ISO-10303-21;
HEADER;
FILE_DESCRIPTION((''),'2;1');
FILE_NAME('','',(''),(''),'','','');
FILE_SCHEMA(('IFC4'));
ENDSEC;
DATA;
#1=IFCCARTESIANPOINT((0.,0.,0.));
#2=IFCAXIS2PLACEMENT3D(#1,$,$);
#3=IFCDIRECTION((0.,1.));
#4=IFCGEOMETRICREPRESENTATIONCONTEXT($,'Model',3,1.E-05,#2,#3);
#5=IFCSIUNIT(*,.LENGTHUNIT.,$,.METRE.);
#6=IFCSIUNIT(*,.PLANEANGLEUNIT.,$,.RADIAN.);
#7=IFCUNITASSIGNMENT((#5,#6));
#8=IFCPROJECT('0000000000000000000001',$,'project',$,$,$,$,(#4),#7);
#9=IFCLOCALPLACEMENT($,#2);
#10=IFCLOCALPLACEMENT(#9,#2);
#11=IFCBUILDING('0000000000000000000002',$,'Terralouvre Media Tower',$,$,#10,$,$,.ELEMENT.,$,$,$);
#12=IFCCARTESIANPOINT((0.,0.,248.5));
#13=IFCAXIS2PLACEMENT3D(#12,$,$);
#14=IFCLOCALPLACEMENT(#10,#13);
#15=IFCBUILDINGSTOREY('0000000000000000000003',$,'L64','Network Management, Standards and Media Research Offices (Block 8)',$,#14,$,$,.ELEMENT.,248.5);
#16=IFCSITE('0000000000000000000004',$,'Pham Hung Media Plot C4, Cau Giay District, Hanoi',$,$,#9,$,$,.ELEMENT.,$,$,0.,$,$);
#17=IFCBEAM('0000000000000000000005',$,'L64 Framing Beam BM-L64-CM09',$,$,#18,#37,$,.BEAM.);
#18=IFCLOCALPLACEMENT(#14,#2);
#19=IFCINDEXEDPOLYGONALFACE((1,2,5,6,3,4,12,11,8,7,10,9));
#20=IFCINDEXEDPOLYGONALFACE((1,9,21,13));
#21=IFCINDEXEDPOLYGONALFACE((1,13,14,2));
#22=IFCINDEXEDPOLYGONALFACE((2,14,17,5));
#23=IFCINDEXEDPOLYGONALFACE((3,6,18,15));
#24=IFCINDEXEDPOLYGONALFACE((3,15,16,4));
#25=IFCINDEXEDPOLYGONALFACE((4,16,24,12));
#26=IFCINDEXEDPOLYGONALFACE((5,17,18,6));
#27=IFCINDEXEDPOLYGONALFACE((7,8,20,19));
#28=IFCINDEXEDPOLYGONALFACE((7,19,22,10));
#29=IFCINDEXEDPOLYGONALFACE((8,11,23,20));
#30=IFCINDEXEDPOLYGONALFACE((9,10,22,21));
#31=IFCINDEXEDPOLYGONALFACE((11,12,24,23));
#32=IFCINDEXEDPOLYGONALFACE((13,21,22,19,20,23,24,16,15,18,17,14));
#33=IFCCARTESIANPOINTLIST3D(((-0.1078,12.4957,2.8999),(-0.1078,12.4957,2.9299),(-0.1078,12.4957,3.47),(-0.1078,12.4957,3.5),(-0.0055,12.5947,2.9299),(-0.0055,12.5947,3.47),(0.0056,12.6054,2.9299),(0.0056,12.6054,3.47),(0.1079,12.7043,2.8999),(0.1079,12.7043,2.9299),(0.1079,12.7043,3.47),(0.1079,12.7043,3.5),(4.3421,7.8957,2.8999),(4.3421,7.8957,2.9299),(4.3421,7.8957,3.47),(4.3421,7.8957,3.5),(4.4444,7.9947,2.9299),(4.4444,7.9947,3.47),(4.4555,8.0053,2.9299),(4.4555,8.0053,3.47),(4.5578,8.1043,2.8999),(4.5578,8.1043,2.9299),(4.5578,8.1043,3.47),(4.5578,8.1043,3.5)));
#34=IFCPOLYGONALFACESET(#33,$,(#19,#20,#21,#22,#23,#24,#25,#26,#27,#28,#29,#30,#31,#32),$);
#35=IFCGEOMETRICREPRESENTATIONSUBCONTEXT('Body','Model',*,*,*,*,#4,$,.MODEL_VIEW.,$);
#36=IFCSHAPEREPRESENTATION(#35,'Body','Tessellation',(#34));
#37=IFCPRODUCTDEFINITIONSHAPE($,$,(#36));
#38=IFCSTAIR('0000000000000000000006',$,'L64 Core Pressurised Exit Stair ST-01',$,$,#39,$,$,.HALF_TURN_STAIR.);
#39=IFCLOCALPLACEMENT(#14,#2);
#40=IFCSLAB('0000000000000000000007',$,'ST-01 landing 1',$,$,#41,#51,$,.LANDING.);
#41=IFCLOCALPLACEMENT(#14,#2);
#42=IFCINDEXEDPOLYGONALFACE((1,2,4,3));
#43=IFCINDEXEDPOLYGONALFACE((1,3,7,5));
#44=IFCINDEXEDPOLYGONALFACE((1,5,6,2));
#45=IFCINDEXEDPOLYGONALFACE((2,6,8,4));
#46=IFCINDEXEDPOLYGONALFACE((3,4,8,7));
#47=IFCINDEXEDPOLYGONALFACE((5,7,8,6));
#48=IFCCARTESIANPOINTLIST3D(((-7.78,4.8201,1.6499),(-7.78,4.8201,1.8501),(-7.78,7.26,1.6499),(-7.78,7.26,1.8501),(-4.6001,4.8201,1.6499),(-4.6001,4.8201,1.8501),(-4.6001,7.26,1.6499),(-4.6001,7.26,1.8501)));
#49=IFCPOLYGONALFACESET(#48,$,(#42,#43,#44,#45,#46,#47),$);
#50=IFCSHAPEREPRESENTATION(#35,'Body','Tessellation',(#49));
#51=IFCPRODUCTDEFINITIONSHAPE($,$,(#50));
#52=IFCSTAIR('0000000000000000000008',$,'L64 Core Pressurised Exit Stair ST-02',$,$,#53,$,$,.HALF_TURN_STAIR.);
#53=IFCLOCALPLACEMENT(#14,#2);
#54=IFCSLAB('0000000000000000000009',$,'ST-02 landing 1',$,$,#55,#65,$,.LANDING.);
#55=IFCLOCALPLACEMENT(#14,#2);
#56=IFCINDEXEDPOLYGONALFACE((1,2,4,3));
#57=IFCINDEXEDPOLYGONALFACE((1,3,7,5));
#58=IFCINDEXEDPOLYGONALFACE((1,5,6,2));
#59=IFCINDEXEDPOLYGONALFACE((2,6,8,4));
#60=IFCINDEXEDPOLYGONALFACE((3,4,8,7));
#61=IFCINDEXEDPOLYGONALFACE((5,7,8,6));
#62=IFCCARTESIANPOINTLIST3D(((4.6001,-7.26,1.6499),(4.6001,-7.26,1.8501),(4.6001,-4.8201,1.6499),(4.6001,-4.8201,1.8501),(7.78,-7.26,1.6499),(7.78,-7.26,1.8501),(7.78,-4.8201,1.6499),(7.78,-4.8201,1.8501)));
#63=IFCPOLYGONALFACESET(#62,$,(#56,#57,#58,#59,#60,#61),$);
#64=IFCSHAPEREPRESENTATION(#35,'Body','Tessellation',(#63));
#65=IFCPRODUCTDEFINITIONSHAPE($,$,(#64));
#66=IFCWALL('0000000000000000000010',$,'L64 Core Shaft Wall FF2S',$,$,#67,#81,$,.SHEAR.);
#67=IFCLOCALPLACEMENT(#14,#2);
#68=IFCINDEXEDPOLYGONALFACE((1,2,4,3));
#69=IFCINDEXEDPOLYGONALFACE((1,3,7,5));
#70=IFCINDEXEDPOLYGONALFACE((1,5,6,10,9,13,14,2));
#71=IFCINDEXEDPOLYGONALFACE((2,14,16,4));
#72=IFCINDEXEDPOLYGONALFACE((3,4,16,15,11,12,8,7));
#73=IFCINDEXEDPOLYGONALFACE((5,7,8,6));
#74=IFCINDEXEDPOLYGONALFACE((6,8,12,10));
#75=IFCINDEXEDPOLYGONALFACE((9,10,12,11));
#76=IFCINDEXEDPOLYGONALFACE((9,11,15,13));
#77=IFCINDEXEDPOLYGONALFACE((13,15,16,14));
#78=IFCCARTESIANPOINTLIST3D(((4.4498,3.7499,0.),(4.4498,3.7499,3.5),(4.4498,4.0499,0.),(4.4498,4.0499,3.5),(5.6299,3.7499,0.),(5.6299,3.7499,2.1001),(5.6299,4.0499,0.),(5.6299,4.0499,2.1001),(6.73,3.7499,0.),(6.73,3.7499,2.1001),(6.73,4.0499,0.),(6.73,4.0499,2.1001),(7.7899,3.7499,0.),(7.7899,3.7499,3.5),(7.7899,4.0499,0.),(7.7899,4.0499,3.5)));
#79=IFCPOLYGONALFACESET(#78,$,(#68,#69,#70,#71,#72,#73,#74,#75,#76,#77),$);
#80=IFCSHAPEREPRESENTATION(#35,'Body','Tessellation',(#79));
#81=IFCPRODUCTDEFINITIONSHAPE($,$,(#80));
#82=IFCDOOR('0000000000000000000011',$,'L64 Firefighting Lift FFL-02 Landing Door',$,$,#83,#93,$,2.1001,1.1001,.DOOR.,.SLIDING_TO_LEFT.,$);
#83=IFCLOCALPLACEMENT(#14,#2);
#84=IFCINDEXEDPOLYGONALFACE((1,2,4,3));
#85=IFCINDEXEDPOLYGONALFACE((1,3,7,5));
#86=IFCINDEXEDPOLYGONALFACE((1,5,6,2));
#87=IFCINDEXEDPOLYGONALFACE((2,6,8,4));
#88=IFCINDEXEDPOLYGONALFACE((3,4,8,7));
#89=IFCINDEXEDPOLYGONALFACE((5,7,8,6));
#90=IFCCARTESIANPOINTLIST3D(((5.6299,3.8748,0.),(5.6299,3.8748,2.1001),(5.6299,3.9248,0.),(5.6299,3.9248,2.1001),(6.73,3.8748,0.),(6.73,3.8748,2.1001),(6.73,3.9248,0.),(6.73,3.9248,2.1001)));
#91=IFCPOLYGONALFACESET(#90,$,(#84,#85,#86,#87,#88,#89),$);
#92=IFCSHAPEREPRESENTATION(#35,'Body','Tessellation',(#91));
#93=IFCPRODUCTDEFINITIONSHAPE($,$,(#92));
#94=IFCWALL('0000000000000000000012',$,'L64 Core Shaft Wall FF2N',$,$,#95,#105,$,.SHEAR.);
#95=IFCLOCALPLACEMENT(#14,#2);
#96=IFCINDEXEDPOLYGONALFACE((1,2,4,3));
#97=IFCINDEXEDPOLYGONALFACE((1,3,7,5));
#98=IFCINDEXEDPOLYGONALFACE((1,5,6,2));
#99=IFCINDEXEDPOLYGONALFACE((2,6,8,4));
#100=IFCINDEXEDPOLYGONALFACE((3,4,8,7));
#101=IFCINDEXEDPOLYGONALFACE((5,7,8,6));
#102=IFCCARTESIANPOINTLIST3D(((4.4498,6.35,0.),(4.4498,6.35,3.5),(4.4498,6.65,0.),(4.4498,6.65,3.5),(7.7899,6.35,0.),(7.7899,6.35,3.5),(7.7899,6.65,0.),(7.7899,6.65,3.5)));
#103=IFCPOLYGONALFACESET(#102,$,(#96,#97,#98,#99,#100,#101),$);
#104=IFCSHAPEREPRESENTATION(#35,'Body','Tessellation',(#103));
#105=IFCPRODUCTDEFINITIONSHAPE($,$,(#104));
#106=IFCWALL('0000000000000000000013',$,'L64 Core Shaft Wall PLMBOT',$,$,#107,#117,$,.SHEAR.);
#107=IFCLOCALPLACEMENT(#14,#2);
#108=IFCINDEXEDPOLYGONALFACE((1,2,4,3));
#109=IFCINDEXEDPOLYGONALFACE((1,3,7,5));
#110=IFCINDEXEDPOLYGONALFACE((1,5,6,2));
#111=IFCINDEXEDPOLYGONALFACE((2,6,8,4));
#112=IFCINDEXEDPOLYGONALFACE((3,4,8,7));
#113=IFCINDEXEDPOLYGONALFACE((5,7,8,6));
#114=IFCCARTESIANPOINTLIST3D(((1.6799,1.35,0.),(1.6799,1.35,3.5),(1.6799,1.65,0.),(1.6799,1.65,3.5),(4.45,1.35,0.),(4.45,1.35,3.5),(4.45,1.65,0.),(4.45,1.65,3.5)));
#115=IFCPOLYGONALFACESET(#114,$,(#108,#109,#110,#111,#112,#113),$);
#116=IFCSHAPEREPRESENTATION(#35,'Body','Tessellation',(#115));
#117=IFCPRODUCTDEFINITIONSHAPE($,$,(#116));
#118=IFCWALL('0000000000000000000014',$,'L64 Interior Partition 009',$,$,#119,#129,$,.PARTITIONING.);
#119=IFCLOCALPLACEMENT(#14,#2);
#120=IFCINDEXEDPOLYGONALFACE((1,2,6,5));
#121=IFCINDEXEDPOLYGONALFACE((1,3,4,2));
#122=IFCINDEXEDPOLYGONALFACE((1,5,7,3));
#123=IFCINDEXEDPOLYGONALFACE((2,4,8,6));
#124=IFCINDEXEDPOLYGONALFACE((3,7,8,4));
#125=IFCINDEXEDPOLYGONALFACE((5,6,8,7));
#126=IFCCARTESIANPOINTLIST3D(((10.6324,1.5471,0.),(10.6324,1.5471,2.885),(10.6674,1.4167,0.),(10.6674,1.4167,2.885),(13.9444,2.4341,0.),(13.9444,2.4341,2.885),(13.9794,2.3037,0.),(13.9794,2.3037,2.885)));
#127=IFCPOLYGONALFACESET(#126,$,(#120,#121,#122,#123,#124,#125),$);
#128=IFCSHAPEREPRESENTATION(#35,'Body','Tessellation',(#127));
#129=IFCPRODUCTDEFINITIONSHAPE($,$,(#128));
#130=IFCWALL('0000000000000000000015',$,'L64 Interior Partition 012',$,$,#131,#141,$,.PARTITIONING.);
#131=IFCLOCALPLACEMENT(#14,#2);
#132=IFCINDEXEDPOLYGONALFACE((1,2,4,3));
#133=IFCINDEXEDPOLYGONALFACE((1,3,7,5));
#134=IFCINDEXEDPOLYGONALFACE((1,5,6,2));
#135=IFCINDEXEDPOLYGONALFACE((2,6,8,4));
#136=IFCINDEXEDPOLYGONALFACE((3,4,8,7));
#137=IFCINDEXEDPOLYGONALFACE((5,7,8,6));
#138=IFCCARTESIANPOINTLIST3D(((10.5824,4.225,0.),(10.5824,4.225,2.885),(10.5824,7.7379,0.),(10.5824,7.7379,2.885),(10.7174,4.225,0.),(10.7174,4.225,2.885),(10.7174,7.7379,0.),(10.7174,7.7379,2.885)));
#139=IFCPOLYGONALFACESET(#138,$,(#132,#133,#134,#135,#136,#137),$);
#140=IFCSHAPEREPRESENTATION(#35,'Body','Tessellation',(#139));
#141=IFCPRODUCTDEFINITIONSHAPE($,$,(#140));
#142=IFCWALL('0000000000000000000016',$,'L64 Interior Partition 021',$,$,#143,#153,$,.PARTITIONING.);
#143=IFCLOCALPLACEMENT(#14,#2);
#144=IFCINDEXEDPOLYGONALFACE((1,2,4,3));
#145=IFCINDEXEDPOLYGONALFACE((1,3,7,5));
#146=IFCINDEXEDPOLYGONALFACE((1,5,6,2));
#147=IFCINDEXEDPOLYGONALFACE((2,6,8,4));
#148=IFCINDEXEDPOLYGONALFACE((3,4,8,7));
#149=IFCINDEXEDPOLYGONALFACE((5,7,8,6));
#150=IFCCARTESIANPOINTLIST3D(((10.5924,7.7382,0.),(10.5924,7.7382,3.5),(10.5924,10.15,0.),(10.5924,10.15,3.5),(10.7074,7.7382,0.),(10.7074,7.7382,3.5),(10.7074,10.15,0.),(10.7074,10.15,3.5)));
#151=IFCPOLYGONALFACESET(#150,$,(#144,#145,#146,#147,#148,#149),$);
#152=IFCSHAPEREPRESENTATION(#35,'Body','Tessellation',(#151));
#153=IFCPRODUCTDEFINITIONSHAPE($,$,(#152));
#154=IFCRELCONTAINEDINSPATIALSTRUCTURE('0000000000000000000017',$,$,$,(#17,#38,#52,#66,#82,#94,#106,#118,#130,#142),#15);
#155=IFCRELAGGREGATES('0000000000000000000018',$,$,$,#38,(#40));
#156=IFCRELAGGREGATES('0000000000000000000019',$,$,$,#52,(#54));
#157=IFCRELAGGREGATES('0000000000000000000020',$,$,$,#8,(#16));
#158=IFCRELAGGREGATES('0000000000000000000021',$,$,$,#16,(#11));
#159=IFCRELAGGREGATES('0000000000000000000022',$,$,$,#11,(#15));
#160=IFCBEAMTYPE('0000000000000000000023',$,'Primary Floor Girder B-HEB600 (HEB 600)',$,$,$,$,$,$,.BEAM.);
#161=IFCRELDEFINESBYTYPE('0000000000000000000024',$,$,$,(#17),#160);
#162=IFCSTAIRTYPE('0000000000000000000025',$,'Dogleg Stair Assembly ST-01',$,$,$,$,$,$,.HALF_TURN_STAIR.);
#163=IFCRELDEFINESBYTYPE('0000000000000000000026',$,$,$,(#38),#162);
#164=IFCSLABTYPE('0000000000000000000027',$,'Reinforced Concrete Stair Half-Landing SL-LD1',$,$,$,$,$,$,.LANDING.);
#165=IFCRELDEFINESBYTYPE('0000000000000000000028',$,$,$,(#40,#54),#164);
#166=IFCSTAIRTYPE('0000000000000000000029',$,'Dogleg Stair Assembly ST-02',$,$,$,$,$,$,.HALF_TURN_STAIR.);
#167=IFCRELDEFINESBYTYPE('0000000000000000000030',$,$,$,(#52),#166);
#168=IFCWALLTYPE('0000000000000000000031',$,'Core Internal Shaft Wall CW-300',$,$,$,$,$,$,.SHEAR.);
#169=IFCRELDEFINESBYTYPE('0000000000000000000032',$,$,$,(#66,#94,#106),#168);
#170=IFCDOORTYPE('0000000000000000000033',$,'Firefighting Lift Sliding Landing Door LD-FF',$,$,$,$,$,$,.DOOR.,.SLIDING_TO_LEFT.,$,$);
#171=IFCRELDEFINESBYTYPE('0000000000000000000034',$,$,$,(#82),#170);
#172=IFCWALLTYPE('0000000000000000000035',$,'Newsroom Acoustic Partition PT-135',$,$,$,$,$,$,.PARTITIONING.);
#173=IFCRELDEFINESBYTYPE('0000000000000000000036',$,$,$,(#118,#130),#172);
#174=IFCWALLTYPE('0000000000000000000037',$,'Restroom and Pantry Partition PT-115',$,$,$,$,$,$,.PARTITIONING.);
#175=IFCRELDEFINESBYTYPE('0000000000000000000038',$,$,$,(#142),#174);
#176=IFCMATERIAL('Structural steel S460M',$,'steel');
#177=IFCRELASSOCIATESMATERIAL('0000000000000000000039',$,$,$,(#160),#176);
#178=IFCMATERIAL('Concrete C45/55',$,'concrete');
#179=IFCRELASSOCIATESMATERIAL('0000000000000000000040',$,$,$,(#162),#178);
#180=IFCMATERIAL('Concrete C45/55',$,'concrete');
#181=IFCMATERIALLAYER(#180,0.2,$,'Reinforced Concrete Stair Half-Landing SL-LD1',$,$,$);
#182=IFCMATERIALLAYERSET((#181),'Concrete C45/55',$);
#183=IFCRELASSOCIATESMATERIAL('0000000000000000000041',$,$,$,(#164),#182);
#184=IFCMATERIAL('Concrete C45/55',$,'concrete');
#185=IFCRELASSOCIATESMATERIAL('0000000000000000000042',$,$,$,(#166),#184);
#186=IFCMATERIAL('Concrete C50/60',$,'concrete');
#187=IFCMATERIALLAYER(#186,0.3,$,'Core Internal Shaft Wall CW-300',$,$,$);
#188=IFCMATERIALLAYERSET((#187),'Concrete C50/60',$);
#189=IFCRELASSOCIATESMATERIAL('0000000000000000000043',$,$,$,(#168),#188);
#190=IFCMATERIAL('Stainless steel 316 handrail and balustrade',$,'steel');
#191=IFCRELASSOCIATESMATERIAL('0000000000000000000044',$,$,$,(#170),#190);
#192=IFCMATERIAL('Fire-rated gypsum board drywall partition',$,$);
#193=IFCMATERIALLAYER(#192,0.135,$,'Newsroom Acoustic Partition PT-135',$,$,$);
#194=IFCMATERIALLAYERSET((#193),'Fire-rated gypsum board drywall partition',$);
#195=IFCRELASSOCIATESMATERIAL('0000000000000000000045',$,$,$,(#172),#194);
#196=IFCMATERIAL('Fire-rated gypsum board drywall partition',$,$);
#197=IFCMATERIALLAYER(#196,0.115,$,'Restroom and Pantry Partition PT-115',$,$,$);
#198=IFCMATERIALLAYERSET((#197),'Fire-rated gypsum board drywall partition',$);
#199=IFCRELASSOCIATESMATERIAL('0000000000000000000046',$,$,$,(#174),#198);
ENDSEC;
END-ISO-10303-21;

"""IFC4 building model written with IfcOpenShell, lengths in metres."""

from ifc_helpers import new_model, si_unit, direction, frame, frame_2d, origin, origin_2d, place, context, subcontext, project, spatial, polyline, rectangle, i_section, outline, extrude, material, layer, layer_set, material_profile, profile_set, type_object, element, fill, aggregate, save


model = new_model("IFC4")

# Units and contexts
model_context = context("Model", 3, precision=1e-05, world=origin(), true_north=direction((0.0, 1.0)))
body_context = subcontext(model_context, "Body", "Model", "MODEL_VIEW")
ifc_project = project(units=[si_unit("LENGTHUNIT", "METRE"), si_unit("PLANEANGLEUNIT", "RADIAN")], contexts=[model_context])

# Site, building, storey
site_placement = place(None, origin())
site = spatial("IfcSite", under=ifc_project, at=site_placement, Name="Pham Hung Media Plot C4, Cau Giay District, Hanoi", CompositionType="ELEMENT", RefElevation=0.0)
building_placement = place(site_placement, origin())
building = spatial("IfcBuilding", under=site, at=building_placement, Name="Terralouvre Media Tower", CompositionType="ELEMENT")
storey_placement = place(building_placement, frame((0.0, 0.0, 248.5)))
storey = spatial("IfcBuildingStorey", under=building, at=storey_placement, Name="L64", Description="Network Management, Standards and Media Research Offices (Block 8)", CompositionType="ELEMENT", Elevation=248.5)

# Beam
ifc_material_1 = material(Name="Structural steel S460M", Category="steel")
ifc_material_profile_1 = material_profile(ifc_material_1, i_section(OverallWidth=0.3, OverallDepth=0.6001, WebThickness=0.0154, FlangeThickness=0.03, at=origin_2d()), Name="HEB 600")
ifc_profile_set_1 = profile_set([ifc_material_profile_1], Name="Structural steel S460M")
beam_type = type_object("IfcBeamType", Name="Primary Floor Girder B-HEB600 (HEB 600)", PredefinedType="BEAM", material=ifc_profile_set_1)
beam_1_placement = place(storey_placement, frame((4.45, 8.0, 3.2), z_axis=(-0.69528, 0.718739, 0.0), x_axis=(-0.718739, -0.69528, 0.0)))
element("IfcBeam", 1, at=beam_1_placement, inside=storey, type_object=beam_type, Name="L64 Framing Beam BM-L64-CM09", PredefinedType="BEAM", context=body_context, shape_type="SweptSolid", body=[
    extrude(i_section(OverallWidth=0.3, OverallDepth=0.6001, WebThickness=0.0154, FlangeThickness=0.03, at=origin_2d()), origin(), (0.0, 0.0, 1.0), 6.4001),
])

# Stairs, slabs
ifc_material_2 = material(Name="Concrete C45/55", Category="concrete")
stair_type_1 = type_object("IfcStairType", Name="Dogleg Stair Assembly ST-01", PredefinedType="HALF_TURN_STAIR", material=ifc_material_2)
stair_1_placement = place(storey_placement, origin())
stair_1 = element("IfcStair", 2, at=stair_1_placement, inside=storey, type_object=stair_type_1, Name="L64 Core Pressurised Exit Stair ST-01", PredefinedType="HALF_TURN_STAIR")
ifc_material_3 = material(Name="Concrete C45/55", Category="concrete")
ifc_layer_1 = layer(ifc_material_3, 0.2, Name="Reinforced Concrete Stair Half-Landing SL-LD1")
ifc_layer_set_1 = layer_set([ifc_layer_1], Name="Concrete C45/55")
slab_type = type_object("IfcSlabType", Name="Reinforced Concrete Stair Half-Landing SL-LD1", PredefinedType="LANDING", material=ifc_layer_set_1)
slab_1_placement = place(storey_placement, frame((0.0, 0.0, 1.6499)))
slab_1 = element("IfcSlab", 3, at=slab_1_placement, type_object=slab_type, Name="ST-01 landing 1", PredefinedType="LANDING", context=body_context, shape_type="SweptSolid", body=[
    extrude(outline(polyline([(-4.6001, 4.8201), (-4.6001, 7.26), (-7.78, 7.26), (-7.78, 4.8201), (-4.6001, 4.8201)])), origin(), (0.0, 0.0, 1.0), 0.2002),
])
aggregate(stair_1, [slab_1])
ifc_material_4 = material(Name="Concrete C45/55", Category="concrete")
stair_type_2 = type_object("IfcStairType", Name="Dogleg Stair Assembly ST-02", PredefinedType="HALF_TURN_STAIR", material=ifc_material_4)
stair_2_placement = place(storey_placement, origin())
stair_2 = element("IfcStair", 4, at=stair_2_placement, inside=storey, type_object=stair_type_2, Name="L64 Core Pressurised Exit Stair ST-02", PredefinedType="HALF_TURN_STAIR")
slab_2_placement = place(storey_placement, frame((0.0, 0.0, 1.6499)))
slab_2 = element("IfcSlab", 5, at=slab_2_placement, type_object=slab_type, Name="ST-02 landing 1", PredefinedType="LANDING", context=body_context, shape_type="SweptSolid", body=[
    extrude(outline(polyline([(4.6001, -4.8201), (4.6001, -7.26), (7.78, -7.26), (7.78, -4.8201), (4.6001, -4.8201)])), origin(), (0.0, 0.0, 1.0), 0.2002),
])
aggregate(stair_2, [slab_2])

# Wall, opening, door
ifc_material_5 = material(Name="Concrete C50/60", Category="concrete")
ifc_layer_2 = layer(ifc_material_5, 0.3, Name="Core Internal Shaft Wall CW-300")
ifc_layer_set_2 = layer_set([ifc_layer_2], Name="Concrete C50/60")
wall_type_1 = type_object("IfcWallType", Name="Core Internal Shaft Wall CW-300", PredefinedType="SHEAR", material=ifc_layer_set_2)
wall_1_placement = place(storey_placement, frame((4.45, 3.8999, 0.0), z_axis=(0.0, 0.0, 1.0), x_axis=(1.0, 0.0, 0.0)))
wall_1 = element("IfcWall", 6, at=wall_1_placement, inside=storey, type_object=wall_type_1, Name="L64 Core Shaft Wall FF2S", PredefinedType="SHEAR", context=body_context, shape_type="SweptSolid", body=[
    extrude(rectangle(XDim=3.3401, YDim=0.3, at=frame_2d((1.6699, 0.0))), origin(), (0.0, 0.0, 1.0), 3.5),
])
opening_placement = place(wall_1_placement, frame((1.1799, 0.0, 0.0)))
opening = element("IfcOpeningElement", 7, at=opening_placement, cuts=wall_1, PredefinedType="OPENING", context=body_context, shape_type="SweptSolid", body=[
    extrude(rectangle(XDim=1.1001, YDim=2.1001, at=frame_2d((0.55, 1.05))), frame((0.0, 0.1599, 0.0), z_axis=(0.0, -1.0, 0.0), x_axis=(1.0, 0.0, 0.0)), (0.0, 0.0, 1.0), 0.3201),
])
ifc_material_6 = material(Name="Stainless steel 316 handrail and balustrade", Category="steel")
door_type = type_object("IfcDoorType", Name="Firefighting Lift Sliding Landing Door LD-FF", OperationType="SLIDING_TO_LEFT", PredefinedType="DOOR", material=ifc_material_6)
door_placement = place(opening_placement, origin())
door = element("IfcDoor", 8, at=door_placement, inside=storey, type_object=door_type, Name="L64 Firefighting Lift FFL-02 Landing Door", OperationType="SLIDING_TO_LEFT", OverallHeight=2.1001, OverallWidth=1.1001, PredefinedType="DOOR", context=body_context, shape_type="SweptSolid", body=[
    extrude(rectangle(XDim=1.1001, YDim=2.1001, at=frame_2d((0.55, 1.05))), frame((0.0, 0.0249, 0.0), z_axis=(0.0, -1.0, 0.0), x_axis=(1.0, 0.0, 0.0)), (0.0, 0.0, 1.0), 0.05),
])
fill(opening, door)

# Walls
wall_2_placement = place(storey_placement, frame((4.45, 6.5, 0.0), z_axis=(0.0, 0.0, 1.0), x_axis=(1.0, 0.0, 0.0)))
element("IfcWall", 9, at=wall_2_placement, inside=storey, type_object=wall_type_1, Name="L64 Core Shaft Wall FF2N", PredefinedType="SHEAR", context=body_context, shape_type="SweptSolid", body=[
    extrude(rectangle(XDim=3.3401, YDim=0.3, at=frame_2d((1.6699, 0.0))), origin(), (0.0, 0.0, 1.0), 3.5),
])
wall_3_placement = place(storey_placement, frame((1.6799, 1.5, 0.0), z_axis=(0.0, 0.0, 1.0), x_axis=(1.0, 0.0, 0.0)))
element("IfcWall", 10, at=wall_3_placement, inside=storey, type_object=wall_type_1, Name="L64 Core Shaft Wall PLMBOT", PredefinedType="SHEAR", context=body_context, shape_type="SweptSolid", body=[
    extrude(rectangle(XDim=2.77, YDim=0.3, at=frame_2d((1.385, 0.0))), origin(), (0.0, 0.0, 1.0), 3.5),
])
ifc_material_7 = material(Name="Fire-rated gypsum board drywall partition")
ifc_layer_3 = layer(ifc_material_7, 0.135, Name="Newsroom Acoustic Partition PT-135")
ifc_layer_set_3 = layer_set([ifc_layer_3], Name="Fire-rated gypsum board drywall partition")
wall_type_2 = type_object("IfcWallType", Name="Newsroom Acoustic Partition PT-135", PredefinedType="PARTITIONING", material=ifc_layer_set_3)
wall_4_placement = place(storey_placement, frame((10.6499, 1.4819, 0.0), z_axis=(0.0, 0.0, 1.0), x_axis=(0.965961, 0.258686, 0.0)))
element("IfcWall", 11, at=wall_4_placement, inside=storey, type_object=wall_type_2, Name="L64 Interior Partition 009", PredefinedType="PARTITIONING", context=body_context, shape_type="SweptSolid", body=[
    extrude(rectangle(XDim=3.4287, YDim=0.135, at=frame_2d((1.7144, 0.0))), origin(), (0.0, 0.0, 1.0), 2.885),
])
wall_5_placement = place(storey_placement, frame((10.6499, 4.2251, 0.0), z_axis=(0.0, 0.0, 1.0), x_axis=(0.0, 1.0, 0.0)))
element("IfcWall", 12, at=wall_5_placement, inside=storey, type_object=wall_type_2, Name="L64 Interior Partition 012", PredefinedType="PARTITIONING", context=body_context, shape_type="SweptSolid", body=[
    extrude(rectangle(XDim=3.5129, YDim=0.135, at=frame_2d((1.7563, 0.0))), origin(), (0.0, 0.0, 1.0), 2.885),
])
ifc_material_8 = material(Name="Fire-rated gypsum board drywall partition")
ifc_layer_4 = layer(ifc_material_8, 0.115, Name="Restroom and Pantry Partition PT-115")
ifc_layer_set_4 = layer_set([ifc_layer_4], Name="Fire-rated gypsum board drywall partition")
wall_type_3 = type_object("IfcWallType", Name="Restroom and Pantry Partition PT-115", PredefinedType="PARTITIONING", material=ifc_layer_set_4)
wall_6_placement = place(storey_placement, frame((10.6499, 7.738, 0.0), z_axis=(0.0, 0.0, 1.0), x_axis=(0.0, 1.0, 0.0)))
element("IfcWall", 13, at=wall_6_placement, inside=storey, type_object=wall_type_3, Name="L64 Interior Partition 021", PredefinedType="PARTITIONING", context=body_context, shape_type="SweptSolid", body=[
    extrude(rectangle(XDim=2.4119, YDim=0.115, at=frame_2d((1.2061, 0.0))), origin(), (0.0, 0.0, 1.0), 3.5),
])

save(model, "model.ifc")
